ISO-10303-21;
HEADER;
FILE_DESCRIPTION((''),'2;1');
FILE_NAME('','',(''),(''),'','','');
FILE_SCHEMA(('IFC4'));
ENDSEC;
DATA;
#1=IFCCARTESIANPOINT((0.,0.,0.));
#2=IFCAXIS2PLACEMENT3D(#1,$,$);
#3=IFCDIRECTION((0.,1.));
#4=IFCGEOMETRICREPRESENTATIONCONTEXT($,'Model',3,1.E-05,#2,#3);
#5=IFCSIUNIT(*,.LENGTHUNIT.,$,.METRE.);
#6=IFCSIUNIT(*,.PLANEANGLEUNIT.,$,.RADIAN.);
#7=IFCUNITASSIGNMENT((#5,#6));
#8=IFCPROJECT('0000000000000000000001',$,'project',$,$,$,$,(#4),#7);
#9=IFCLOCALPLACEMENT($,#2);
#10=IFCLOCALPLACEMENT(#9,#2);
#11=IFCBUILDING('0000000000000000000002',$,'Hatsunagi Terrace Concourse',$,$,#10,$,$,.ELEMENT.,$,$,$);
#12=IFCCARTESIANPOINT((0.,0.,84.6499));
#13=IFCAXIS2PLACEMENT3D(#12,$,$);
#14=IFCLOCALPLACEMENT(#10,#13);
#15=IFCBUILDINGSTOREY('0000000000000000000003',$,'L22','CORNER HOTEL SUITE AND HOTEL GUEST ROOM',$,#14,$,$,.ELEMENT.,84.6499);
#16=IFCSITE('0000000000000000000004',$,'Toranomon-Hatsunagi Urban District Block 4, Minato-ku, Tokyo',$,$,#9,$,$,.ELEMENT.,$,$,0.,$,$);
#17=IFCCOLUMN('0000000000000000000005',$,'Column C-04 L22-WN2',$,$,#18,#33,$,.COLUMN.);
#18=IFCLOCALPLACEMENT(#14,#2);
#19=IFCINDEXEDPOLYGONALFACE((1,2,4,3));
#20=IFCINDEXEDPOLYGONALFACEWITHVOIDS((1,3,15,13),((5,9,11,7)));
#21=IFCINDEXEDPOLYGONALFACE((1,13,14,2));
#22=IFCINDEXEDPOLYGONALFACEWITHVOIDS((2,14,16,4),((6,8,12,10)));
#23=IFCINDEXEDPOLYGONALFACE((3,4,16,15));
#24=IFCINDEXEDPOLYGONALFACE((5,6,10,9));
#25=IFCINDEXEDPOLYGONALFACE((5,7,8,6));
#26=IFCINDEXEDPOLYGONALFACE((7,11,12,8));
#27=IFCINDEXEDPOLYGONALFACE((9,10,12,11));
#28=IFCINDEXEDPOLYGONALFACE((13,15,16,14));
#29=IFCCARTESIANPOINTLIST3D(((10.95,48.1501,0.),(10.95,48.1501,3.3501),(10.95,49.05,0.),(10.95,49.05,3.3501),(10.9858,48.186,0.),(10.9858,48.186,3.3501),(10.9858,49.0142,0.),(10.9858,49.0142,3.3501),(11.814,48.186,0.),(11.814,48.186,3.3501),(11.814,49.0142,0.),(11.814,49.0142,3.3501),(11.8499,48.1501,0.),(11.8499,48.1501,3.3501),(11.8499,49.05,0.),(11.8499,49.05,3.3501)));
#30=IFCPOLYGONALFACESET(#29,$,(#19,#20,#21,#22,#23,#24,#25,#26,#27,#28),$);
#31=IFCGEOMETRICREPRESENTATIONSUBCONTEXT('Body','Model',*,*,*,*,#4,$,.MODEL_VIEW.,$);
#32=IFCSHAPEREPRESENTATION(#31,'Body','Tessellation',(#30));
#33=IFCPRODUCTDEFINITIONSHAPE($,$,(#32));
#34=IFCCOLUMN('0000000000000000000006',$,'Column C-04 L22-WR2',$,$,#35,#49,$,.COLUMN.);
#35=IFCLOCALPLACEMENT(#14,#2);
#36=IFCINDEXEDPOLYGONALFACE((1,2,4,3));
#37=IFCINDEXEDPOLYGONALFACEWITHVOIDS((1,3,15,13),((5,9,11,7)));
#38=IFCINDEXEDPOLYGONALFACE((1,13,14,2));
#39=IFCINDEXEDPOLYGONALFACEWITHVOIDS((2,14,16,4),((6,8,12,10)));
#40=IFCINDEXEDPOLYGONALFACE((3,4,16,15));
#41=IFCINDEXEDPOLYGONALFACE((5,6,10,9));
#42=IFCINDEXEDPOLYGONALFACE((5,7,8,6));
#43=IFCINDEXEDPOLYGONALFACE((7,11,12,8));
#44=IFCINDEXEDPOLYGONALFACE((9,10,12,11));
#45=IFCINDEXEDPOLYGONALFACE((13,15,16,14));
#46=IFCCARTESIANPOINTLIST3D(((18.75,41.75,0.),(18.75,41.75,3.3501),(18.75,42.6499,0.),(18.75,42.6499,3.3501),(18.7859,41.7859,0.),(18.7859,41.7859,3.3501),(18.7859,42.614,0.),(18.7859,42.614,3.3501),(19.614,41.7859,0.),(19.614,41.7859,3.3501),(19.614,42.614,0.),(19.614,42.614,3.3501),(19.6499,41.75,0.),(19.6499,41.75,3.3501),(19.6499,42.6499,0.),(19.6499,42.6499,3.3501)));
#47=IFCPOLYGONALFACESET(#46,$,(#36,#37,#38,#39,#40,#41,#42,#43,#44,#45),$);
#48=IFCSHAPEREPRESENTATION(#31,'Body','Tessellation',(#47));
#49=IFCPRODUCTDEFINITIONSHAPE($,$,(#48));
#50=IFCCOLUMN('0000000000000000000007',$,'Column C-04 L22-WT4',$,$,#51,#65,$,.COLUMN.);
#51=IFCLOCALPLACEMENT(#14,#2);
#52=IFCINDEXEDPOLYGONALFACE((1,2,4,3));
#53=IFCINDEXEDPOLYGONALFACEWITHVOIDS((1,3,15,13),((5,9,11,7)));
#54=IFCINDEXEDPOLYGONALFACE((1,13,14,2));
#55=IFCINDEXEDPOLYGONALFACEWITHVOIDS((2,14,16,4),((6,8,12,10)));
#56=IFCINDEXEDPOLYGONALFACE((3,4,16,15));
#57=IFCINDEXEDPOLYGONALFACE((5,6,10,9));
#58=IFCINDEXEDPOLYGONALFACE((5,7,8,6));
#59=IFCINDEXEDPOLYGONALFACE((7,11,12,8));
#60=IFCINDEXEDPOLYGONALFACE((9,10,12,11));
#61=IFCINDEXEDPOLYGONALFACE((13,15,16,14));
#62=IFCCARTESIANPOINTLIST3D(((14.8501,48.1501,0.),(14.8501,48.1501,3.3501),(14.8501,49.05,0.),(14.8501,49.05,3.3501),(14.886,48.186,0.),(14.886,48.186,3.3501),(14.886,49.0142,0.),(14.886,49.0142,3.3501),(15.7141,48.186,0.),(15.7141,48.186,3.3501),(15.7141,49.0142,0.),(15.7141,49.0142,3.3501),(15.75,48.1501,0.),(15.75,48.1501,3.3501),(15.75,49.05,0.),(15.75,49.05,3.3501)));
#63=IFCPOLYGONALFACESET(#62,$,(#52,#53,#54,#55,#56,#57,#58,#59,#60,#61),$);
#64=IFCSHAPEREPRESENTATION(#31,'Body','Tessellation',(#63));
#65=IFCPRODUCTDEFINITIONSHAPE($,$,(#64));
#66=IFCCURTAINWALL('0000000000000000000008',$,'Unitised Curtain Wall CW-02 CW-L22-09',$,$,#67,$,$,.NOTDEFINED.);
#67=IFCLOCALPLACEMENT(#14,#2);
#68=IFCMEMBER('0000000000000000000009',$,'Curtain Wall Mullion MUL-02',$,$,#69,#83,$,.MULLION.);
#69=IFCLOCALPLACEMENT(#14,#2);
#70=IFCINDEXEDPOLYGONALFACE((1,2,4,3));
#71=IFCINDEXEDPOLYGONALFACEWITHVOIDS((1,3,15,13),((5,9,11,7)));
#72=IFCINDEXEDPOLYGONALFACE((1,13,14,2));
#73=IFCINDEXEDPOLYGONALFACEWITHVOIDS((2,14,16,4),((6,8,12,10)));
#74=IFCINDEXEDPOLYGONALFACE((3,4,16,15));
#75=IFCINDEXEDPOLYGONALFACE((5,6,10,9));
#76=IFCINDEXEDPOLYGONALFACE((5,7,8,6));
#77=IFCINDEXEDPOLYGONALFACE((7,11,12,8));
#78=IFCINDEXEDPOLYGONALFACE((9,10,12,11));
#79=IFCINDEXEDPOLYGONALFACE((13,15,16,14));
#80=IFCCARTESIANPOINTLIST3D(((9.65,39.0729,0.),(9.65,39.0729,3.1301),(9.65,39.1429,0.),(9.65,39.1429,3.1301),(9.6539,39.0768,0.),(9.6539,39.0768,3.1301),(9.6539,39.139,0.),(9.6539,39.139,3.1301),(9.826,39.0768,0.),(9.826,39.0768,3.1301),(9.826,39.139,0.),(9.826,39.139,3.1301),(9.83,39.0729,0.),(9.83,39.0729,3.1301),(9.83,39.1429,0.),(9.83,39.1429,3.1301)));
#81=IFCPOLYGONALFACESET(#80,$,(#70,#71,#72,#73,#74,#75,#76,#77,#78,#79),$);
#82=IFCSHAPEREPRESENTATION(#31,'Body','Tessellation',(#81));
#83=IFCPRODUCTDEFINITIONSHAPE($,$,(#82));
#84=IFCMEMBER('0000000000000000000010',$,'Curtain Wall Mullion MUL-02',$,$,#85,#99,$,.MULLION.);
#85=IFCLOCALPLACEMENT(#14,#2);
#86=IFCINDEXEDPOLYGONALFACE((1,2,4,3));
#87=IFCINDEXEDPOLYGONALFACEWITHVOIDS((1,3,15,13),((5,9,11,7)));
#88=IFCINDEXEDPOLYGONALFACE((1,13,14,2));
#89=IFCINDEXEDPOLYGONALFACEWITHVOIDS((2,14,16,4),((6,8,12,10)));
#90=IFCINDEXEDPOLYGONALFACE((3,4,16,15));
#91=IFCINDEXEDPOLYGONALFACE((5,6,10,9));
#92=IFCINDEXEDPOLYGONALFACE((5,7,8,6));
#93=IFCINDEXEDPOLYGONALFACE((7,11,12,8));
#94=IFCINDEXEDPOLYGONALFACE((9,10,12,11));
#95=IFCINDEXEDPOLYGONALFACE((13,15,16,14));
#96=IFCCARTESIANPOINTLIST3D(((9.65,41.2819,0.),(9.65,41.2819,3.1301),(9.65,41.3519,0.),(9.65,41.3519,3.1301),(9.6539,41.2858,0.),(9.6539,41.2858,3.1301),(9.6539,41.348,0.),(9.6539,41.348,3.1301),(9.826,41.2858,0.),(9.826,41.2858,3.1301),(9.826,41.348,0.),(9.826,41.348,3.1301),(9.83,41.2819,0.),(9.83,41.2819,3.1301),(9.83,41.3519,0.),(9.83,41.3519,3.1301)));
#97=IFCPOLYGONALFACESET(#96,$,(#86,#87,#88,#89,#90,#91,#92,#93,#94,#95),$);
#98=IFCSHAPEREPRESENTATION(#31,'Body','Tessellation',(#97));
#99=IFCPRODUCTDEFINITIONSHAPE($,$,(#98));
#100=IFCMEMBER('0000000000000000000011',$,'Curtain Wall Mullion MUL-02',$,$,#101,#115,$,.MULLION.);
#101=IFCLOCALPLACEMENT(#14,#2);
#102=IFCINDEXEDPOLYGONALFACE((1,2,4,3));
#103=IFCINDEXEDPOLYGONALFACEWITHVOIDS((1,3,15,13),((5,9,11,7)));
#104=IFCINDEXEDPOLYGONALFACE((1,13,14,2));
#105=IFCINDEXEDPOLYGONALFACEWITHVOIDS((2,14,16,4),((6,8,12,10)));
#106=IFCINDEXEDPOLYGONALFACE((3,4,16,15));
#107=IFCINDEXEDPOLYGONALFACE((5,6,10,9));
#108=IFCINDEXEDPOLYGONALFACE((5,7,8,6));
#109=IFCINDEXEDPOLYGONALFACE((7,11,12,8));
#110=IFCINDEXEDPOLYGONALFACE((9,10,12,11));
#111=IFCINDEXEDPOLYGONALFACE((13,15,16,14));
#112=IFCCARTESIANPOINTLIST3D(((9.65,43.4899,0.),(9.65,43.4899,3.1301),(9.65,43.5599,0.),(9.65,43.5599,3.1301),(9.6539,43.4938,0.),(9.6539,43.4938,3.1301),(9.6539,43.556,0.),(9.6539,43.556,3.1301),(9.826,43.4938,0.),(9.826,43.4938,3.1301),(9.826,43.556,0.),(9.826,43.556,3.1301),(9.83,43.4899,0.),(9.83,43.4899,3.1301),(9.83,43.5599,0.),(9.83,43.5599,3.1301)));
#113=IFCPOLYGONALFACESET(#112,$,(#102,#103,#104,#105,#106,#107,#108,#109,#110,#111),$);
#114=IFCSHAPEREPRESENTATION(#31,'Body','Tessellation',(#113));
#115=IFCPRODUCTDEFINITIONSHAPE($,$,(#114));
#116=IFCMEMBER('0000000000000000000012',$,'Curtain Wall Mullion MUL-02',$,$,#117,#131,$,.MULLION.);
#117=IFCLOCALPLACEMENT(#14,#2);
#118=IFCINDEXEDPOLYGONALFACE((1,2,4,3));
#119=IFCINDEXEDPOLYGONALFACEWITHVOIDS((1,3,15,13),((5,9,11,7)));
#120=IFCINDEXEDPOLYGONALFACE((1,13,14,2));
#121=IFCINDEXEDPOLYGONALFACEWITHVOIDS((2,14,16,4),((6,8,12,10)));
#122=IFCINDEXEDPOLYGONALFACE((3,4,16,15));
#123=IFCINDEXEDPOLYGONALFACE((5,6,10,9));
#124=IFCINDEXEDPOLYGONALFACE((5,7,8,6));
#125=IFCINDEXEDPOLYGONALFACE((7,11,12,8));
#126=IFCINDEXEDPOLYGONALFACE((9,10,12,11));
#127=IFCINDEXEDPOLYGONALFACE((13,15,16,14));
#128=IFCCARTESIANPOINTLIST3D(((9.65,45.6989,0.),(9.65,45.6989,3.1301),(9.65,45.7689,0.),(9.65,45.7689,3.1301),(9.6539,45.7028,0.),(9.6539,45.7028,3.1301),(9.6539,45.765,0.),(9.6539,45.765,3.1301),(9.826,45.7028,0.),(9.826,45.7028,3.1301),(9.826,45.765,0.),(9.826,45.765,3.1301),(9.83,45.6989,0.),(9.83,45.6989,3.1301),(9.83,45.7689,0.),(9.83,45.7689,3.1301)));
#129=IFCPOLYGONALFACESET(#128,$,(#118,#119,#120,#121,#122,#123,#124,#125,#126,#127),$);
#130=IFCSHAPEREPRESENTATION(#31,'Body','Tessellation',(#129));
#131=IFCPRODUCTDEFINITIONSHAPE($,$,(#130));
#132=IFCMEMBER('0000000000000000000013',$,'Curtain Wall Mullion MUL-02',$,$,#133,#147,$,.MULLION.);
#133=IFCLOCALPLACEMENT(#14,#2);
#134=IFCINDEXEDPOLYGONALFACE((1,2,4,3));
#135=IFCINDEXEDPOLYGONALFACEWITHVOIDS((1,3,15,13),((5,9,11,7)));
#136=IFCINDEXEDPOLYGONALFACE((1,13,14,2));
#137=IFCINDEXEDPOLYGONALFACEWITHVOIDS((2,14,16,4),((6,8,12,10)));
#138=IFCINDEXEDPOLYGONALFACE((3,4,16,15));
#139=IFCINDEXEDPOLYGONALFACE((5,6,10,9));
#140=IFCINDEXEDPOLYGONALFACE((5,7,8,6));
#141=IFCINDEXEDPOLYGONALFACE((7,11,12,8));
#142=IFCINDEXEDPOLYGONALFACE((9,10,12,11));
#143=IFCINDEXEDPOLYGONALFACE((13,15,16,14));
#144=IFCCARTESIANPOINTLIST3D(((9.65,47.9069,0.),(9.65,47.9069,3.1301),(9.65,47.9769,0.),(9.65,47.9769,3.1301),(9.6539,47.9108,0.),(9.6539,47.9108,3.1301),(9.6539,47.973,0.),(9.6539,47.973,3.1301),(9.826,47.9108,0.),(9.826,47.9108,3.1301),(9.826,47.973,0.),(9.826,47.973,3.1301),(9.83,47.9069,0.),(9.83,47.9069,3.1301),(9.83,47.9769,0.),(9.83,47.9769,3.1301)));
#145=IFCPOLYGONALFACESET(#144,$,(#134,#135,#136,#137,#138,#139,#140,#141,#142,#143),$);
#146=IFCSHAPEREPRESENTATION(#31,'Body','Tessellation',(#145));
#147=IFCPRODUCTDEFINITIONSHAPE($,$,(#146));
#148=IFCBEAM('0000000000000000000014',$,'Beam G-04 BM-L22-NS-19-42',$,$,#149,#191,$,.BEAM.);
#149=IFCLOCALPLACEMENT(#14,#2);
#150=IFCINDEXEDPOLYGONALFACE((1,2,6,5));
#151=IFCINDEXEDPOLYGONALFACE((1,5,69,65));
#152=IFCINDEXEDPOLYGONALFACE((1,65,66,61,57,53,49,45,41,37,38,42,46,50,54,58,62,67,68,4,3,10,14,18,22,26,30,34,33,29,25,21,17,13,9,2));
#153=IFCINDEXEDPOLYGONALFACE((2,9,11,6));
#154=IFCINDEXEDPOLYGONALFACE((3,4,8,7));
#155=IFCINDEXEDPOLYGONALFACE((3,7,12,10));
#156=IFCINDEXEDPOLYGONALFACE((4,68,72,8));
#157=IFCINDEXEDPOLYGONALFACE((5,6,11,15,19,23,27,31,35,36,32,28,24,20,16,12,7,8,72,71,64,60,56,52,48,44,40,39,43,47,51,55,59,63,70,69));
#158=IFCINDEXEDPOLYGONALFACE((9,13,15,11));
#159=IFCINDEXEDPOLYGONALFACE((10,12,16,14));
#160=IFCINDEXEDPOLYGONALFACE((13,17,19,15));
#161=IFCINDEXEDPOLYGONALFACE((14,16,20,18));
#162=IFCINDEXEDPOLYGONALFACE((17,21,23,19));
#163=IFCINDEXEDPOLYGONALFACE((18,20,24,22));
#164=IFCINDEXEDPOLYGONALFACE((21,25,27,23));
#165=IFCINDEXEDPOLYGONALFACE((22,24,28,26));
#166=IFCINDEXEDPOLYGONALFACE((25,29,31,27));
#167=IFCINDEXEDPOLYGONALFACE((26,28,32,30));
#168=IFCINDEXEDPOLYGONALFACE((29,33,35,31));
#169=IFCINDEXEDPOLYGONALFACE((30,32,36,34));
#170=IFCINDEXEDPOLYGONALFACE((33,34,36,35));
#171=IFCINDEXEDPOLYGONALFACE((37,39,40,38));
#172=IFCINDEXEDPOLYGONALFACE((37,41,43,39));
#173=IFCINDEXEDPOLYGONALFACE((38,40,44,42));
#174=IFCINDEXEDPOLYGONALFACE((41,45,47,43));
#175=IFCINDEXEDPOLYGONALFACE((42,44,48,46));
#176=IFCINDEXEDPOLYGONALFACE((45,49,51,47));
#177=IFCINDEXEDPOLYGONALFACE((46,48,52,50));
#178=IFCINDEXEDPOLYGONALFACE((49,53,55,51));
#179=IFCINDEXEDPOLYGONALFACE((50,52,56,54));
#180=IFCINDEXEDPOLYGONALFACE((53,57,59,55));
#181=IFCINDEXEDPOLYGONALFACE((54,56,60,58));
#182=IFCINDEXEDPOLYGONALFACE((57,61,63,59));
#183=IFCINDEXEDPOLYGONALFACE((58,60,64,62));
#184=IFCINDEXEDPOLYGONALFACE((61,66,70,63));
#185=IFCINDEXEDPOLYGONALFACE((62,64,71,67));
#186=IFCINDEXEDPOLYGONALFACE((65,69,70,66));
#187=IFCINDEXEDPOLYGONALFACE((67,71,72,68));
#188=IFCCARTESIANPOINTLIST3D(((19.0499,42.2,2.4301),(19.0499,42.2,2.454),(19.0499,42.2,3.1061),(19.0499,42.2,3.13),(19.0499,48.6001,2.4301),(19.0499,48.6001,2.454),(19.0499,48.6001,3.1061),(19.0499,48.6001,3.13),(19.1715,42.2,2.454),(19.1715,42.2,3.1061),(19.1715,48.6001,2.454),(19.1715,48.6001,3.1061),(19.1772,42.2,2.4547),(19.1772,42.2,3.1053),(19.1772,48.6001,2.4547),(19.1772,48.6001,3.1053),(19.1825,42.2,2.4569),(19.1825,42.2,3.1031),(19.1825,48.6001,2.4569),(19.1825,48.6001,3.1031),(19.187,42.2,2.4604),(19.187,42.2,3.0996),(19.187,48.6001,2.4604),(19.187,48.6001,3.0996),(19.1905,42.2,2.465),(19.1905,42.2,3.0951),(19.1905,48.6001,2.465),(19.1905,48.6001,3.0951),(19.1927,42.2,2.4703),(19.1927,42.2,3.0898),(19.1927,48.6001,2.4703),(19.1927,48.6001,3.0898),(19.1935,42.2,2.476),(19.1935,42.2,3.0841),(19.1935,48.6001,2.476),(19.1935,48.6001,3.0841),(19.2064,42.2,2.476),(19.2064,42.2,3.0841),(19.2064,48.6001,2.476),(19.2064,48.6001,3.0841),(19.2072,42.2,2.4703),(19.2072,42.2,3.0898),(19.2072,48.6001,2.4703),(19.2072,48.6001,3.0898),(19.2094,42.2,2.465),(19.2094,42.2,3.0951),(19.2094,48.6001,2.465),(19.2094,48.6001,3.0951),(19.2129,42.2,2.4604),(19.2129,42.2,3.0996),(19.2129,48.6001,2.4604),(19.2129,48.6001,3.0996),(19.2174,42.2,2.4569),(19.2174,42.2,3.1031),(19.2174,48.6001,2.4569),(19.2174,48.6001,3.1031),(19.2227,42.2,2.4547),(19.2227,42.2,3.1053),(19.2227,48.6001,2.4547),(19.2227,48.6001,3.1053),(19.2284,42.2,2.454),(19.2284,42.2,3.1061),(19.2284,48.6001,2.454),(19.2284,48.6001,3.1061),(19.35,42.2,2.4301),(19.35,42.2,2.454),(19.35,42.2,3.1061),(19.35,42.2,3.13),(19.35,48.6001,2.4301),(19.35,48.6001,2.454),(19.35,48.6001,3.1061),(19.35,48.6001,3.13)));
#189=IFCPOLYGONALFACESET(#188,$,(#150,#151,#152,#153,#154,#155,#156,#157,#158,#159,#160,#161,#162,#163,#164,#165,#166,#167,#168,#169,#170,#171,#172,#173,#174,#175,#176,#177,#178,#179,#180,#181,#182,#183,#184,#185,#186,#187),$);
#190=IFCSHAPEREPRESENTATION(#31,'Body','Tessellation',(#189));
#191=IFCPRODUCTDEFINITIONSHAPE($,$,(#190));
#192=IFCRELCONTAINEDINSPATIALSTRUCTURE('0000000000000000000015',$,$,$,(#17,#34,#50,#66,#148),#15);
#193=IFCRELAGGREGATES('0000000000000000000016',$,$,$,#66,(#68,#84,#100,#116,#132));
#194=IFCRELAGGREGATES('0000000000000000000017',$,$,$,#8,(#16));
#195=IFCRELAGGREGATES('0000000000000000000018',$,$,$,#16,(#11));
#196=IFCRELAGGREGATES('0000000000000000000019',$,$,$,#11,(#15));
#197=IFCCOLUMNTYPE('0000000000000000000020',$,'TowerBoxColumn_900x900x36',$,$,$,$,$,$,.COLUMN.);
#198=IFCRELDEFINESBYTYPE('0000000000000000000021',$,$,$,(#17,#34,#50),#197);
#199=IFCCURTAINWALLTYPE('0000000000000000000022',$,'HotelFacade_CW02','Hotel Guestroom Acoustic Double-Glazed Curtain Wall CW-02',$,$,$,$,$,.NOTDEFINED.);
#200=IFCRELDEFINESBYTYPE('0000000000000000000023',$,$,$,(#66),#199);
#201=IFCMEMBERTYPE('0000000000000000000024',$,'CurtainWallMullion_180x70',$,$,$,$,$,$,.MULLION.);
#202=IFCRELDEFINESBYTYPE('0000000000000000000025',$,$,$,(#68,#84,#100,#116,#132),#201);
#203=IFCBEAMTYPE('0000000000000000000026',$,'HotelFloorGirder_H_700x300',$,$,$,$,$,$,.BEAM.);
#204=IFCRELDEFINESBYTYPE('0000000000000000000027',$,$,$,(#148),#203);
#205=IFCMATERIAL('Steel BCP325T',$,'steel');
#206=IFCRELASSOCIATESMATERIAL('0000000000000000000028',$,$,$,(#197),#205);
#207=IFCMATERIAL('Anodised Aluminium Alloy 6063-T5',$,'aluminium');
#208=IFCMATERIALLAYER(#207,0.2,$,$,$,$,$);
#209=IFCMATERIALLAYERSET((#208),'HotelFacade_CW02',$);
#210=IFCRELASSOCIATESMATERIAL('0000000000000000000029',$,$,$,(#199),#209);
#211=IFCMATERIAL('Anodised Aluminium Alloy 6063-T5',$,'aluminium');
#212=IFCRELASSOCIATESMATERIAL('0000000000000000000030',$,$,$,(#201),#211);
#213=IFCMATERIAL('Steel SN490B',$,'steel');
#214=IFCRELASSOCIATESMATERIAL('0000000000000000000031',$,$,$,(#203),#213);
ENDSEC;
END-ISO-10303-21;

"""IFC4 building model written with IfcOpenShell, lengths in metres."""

from ifc_helpers import new_model, si_unit, direction, frame, origin, origin_2d, place, context, subcontext, project, spatial, hollow_rectangle, i_section, extrude, material, layer, layer_set, material_profile, profile_set, type_object, element, aggregate, save


model = new_model("IFC4")

# Units and contexts
model_context = context("Model", 3, precision=1e-05, world=origin(), true_north=direction((0.0, 1.0)))
body_context = subcontext(model_context, "Body", "Model", "MODEL_VIEW")
ifc_project = project(units=[si_unit("LENGTHUNIT", "METRE"), si_unit("PLANEANGLEUNIT", "RADIAN")], contexts=[model_context])

# Site, building, storey
site_placement = place(None, origin())
site = spatial("IfcSite", under=ifc_project, at=site_placement, Name="Toranomon-Hatsunagi Urban District Block 4, Minato-ku, Tokyo", CompositionType="ELEMENT", RefElevation=0.0)
building_placement = place(site_placement, origin())
building = spatial("IfcBuilding", under=site, at=building_placement, Name="Hatsunagi Terrace Concourse", CompositionType="ELEMENT")
storey_placement = place(building_placement, frame((0.0, 0.0, 84.6499)))
storey = spatial("IfcBuildingStorey", under=building, at=storey_placement, Name="L22", Description="CORNER HOTEL SUITE AND HOTEL GUEST ROOM", CompositionType="ELEMENT", Elevation=84.6499)

# Columns
ifc_material_1 = material(Name="Steel BCP325T", Category="steel")
ifc_material_profile_1 = material_profile(ifc_material_1, hollow_rectangle(XDim=0.8999, YDim=0.8999, WallThickness=0.0359, at=origin_2d()), Name="BCP-900x900x36")
ifc_profile_set_1 = profile_set([ifc_material_profile_1], Name="Steel BCP325T")
column_type = type_object("IfcColumnType", Name="TowerBoxColumn_900x900x36", PredefinedType="COLUMN", material=ifc_profile_set_1)
for number, where, z_axis, x_axis, name in (
    (1, (11.3999, 48.6001, 0.0), (0.0, 0.0, 1.0), (1.0, 0.0, 0.0), "Column C-04 L22-WN2"),
    (2, (19.2, 42.2, 0.0), (0.0, 0.0, 1.0), (1.0, 0.0, 0.0), "Column C-04 L22-WR2"),
    (3, (15.3, 48.6001, 0.0), (0.0, 0.0, 1.0), (1.0, 0.0, 0.0), "Column C-04 L22-WT4"),
):
    element("IfcColumn", number, at=place(storey_placement, frame(where, z_axis=z_axis, x_axis=x_axis)), inside=storey, type_object=column_type, Name=name, PredefinedType="COLUMN", context=body_context, shape_type="SweptSolid", body=[
        extrude(hollow_rectangle(XDim=0.8999, YDim=0.8999, WallThickness=0.0359, at=origin_2d()), origin(), (0.0, 0.0, 1.0), 3.3501),
    ])

# Curtain wall, members
ifc_material_2 = material(Name="Anodised Aluminium Alloy 6063-T5", Category="aluminium")
ifc_layer_1 = layer(ifc_material_2, 0.2)
ifc_layer_set_1 = layer_set([ifc_layer_1], Name="HotelFacade_CW02")
curtain_wall_type = type_object("IfcCurtainWallType", Name="HotelFacade_CW02", Description="Hotel Guestroom Acoustic Double-Glazed Curtain Wall CW-02", PredefinedType="NOTDEFINED", material=ifc_layer_set_1)
curtain_wall_placement = place(storey_placement, origin())
curtain_wall = element("IfcCurtainWall", 4, at=curtain_wall_placement, inside=storey, type_object=curtain_wall_type, Name="Unitised Curtain Wall CW-02 CW-L22-09", PredefinedType="NOTDEFINED")
ifc_material_3 = material(Name="Anodised Aluminium Alloy 6063-T5", Category="aluminium")
ifc_material_profile_2 = material_profile(ifc_material_3, hollow_rectangle(XDim=0.0701, YDim=0.1799, WallThickness=0.0039, at=origin_2d()), Name="ALU-MUL-180x70x4")
ifc_profile_set_2 = profile_set([ifc_material_profile_2], Name="Anodised Aluminium Alloy 6063-T5")
member_type = type_object("IfcMemberType", Name="CurtainWallMullion_180x70", PredefinedType="MULLION", material=ifc_profile_set_2)
member_1_placement = place(storey_placement, frame((9.74, 39.1079, 0.0), z_axis=(0.0, 0.0, 1.0), x_axis=(0.0, 1.0, 0.0)))
member_1 = element("IfcMember", 5, at=member_1_placement, type_object=member_type, Name="Curtain Wall Mullion MUL-02", PredefinedType="MULLION", context=body_context, shape_type="SweptSolid", body=[
    extrude(hollow_rectangle(XDim=0.0701, YDim=0.1799, WallThickness=0.0039, at=origin_2d()), origin(), (0.0, 0.0, 1.0), 3.1301),
])
member_2_placement = place(storey_placement, frame((9.74, 41.3169, 0.0), z_axis=(0.0, 0.0, 1.0), x_axis=(0.0, 1.0, 0.0)))
member_2 = element("IfcMember", 6, at=member_2_placement, type_object=member_type, Name="Curtain Wall Mullion MUL-02", PredefinedType="MULLION", context=body_context, shape_type="SweptSolid", body=[
    extrude(hollow_rectangle(XDim=0.0701, YDim=0.1799, WallThickness=0.0039, at=origin_2d()), origin(), (0.0, 0.0, 1.0), 3.1301),
])
member_3_placement = place(storey_placement, frame((9.74, 43.5249, 0.0), z_axis=(0.0, 0.0, 1.0), x_axis=(0.0, 1.0, 0.0)))
member_3 = element("IfcMember", 7, at=member_3_placement, type_object=member_type, Name="Curtain Wall Mullion MUL-02", PredefinedType="MULLION", context=body_context, shape_type="SweptSolid", body=[
    extrude(hollow_rectangle(XDim=0.0701, YDim=0.1799, WallThickness=0.0039, at=origin_2d()), origin(), (0.0, 0.0, 1.0), 3.1301),
])
member_4_placement = place(storey_placement, frame((9.74, 45.7339, 0.0), z_axis=(0.0, 0.0, 1.0), x_axis=(0.0, 1.0, 0.0)))
member_4 = element("IfcMember", 8, at=member_4_placement, type_object=member_type, Name="Curtain Wall Mullion MUL-02", PredefinedType="MULLION", context=body_context, shape_type="SweptSolid", body=[
    extrude(hollow_rectangle(XDim=0.0701, YDim=0.1799, WallThickness=0.0039, at=origin_2d()), origin(), (0.0, 0.0, 1.0), 3.1301),
])
member_5_placement = place(storey_placement, frame((9.74, 47.9419, 0.0), z_axis=(0.0, 0.0, 1.0), x_axis=(0.0, 1.0, 0.0)))
member_5 = element("IfcMember", 9, at=member_5_placement, type_object=member_type, Name="Curtain Wall Mullion MUL-02", PredefinedType="MULLION", context=body_context, shape_type="SweptSolid", body=[
    extrude(hollow_rectangle(XDim=0.0701, YDim=0.1799, WallThickness=0.0039, at=origin_2d()), origin(), (0.0, 0.0, 1.0), 3.1301),
])

# Beam
ifc_material_4 = material(Name="Steel SN490B", Category="steel")
ifc_material_profile_3 = material_profile(ifc_material_4, i_section(OverallWidth=0.3, OverallDepth=0.7, WebThickness=0.0129, FlangeThickness=0.0239, FilletRadius=0.022, at=origin_2d()), Name="H-700x300x13x24")
ifc_profile_set_3 = profile_set([ifc_material_profile_3], Name="Steel SN490B")
beam_type_1 = type_object("IfcBeamType", Name="HotelFloorGirder_H_700x300", PredefinedType="BEAM", material=ifc_profile_set_3)
beam_1_placement = place(storey_placement, frame((19.2, 42.2, 2.78), z_axis=(0.0, 1.0, 0.0), x_axis=(-1.0, 0.0, 0.0)))
element("IfcBeam", 10, at=beam_1_placement, inside=storey, type_object=beam_type_1, Name="Beam G-04 BM-L22-NS-19-42", PredefinedType="BEAM", context=body_context, shape_type="SweptSolid", body=[
    extrude(i_section(OverallWidth=0.3, OverallDepth=0.7, WebThickness=0.0129, FlangeThickness=0.0239, FilletRadius=0.022, at=origin_2d()), origin(), (0.0, 0.0, 1.0), 6.4001),
])

aggregate(curtain_wall, [member_1, member_2, member_3, member_4, member_5])

save(model, "model.ifc")
